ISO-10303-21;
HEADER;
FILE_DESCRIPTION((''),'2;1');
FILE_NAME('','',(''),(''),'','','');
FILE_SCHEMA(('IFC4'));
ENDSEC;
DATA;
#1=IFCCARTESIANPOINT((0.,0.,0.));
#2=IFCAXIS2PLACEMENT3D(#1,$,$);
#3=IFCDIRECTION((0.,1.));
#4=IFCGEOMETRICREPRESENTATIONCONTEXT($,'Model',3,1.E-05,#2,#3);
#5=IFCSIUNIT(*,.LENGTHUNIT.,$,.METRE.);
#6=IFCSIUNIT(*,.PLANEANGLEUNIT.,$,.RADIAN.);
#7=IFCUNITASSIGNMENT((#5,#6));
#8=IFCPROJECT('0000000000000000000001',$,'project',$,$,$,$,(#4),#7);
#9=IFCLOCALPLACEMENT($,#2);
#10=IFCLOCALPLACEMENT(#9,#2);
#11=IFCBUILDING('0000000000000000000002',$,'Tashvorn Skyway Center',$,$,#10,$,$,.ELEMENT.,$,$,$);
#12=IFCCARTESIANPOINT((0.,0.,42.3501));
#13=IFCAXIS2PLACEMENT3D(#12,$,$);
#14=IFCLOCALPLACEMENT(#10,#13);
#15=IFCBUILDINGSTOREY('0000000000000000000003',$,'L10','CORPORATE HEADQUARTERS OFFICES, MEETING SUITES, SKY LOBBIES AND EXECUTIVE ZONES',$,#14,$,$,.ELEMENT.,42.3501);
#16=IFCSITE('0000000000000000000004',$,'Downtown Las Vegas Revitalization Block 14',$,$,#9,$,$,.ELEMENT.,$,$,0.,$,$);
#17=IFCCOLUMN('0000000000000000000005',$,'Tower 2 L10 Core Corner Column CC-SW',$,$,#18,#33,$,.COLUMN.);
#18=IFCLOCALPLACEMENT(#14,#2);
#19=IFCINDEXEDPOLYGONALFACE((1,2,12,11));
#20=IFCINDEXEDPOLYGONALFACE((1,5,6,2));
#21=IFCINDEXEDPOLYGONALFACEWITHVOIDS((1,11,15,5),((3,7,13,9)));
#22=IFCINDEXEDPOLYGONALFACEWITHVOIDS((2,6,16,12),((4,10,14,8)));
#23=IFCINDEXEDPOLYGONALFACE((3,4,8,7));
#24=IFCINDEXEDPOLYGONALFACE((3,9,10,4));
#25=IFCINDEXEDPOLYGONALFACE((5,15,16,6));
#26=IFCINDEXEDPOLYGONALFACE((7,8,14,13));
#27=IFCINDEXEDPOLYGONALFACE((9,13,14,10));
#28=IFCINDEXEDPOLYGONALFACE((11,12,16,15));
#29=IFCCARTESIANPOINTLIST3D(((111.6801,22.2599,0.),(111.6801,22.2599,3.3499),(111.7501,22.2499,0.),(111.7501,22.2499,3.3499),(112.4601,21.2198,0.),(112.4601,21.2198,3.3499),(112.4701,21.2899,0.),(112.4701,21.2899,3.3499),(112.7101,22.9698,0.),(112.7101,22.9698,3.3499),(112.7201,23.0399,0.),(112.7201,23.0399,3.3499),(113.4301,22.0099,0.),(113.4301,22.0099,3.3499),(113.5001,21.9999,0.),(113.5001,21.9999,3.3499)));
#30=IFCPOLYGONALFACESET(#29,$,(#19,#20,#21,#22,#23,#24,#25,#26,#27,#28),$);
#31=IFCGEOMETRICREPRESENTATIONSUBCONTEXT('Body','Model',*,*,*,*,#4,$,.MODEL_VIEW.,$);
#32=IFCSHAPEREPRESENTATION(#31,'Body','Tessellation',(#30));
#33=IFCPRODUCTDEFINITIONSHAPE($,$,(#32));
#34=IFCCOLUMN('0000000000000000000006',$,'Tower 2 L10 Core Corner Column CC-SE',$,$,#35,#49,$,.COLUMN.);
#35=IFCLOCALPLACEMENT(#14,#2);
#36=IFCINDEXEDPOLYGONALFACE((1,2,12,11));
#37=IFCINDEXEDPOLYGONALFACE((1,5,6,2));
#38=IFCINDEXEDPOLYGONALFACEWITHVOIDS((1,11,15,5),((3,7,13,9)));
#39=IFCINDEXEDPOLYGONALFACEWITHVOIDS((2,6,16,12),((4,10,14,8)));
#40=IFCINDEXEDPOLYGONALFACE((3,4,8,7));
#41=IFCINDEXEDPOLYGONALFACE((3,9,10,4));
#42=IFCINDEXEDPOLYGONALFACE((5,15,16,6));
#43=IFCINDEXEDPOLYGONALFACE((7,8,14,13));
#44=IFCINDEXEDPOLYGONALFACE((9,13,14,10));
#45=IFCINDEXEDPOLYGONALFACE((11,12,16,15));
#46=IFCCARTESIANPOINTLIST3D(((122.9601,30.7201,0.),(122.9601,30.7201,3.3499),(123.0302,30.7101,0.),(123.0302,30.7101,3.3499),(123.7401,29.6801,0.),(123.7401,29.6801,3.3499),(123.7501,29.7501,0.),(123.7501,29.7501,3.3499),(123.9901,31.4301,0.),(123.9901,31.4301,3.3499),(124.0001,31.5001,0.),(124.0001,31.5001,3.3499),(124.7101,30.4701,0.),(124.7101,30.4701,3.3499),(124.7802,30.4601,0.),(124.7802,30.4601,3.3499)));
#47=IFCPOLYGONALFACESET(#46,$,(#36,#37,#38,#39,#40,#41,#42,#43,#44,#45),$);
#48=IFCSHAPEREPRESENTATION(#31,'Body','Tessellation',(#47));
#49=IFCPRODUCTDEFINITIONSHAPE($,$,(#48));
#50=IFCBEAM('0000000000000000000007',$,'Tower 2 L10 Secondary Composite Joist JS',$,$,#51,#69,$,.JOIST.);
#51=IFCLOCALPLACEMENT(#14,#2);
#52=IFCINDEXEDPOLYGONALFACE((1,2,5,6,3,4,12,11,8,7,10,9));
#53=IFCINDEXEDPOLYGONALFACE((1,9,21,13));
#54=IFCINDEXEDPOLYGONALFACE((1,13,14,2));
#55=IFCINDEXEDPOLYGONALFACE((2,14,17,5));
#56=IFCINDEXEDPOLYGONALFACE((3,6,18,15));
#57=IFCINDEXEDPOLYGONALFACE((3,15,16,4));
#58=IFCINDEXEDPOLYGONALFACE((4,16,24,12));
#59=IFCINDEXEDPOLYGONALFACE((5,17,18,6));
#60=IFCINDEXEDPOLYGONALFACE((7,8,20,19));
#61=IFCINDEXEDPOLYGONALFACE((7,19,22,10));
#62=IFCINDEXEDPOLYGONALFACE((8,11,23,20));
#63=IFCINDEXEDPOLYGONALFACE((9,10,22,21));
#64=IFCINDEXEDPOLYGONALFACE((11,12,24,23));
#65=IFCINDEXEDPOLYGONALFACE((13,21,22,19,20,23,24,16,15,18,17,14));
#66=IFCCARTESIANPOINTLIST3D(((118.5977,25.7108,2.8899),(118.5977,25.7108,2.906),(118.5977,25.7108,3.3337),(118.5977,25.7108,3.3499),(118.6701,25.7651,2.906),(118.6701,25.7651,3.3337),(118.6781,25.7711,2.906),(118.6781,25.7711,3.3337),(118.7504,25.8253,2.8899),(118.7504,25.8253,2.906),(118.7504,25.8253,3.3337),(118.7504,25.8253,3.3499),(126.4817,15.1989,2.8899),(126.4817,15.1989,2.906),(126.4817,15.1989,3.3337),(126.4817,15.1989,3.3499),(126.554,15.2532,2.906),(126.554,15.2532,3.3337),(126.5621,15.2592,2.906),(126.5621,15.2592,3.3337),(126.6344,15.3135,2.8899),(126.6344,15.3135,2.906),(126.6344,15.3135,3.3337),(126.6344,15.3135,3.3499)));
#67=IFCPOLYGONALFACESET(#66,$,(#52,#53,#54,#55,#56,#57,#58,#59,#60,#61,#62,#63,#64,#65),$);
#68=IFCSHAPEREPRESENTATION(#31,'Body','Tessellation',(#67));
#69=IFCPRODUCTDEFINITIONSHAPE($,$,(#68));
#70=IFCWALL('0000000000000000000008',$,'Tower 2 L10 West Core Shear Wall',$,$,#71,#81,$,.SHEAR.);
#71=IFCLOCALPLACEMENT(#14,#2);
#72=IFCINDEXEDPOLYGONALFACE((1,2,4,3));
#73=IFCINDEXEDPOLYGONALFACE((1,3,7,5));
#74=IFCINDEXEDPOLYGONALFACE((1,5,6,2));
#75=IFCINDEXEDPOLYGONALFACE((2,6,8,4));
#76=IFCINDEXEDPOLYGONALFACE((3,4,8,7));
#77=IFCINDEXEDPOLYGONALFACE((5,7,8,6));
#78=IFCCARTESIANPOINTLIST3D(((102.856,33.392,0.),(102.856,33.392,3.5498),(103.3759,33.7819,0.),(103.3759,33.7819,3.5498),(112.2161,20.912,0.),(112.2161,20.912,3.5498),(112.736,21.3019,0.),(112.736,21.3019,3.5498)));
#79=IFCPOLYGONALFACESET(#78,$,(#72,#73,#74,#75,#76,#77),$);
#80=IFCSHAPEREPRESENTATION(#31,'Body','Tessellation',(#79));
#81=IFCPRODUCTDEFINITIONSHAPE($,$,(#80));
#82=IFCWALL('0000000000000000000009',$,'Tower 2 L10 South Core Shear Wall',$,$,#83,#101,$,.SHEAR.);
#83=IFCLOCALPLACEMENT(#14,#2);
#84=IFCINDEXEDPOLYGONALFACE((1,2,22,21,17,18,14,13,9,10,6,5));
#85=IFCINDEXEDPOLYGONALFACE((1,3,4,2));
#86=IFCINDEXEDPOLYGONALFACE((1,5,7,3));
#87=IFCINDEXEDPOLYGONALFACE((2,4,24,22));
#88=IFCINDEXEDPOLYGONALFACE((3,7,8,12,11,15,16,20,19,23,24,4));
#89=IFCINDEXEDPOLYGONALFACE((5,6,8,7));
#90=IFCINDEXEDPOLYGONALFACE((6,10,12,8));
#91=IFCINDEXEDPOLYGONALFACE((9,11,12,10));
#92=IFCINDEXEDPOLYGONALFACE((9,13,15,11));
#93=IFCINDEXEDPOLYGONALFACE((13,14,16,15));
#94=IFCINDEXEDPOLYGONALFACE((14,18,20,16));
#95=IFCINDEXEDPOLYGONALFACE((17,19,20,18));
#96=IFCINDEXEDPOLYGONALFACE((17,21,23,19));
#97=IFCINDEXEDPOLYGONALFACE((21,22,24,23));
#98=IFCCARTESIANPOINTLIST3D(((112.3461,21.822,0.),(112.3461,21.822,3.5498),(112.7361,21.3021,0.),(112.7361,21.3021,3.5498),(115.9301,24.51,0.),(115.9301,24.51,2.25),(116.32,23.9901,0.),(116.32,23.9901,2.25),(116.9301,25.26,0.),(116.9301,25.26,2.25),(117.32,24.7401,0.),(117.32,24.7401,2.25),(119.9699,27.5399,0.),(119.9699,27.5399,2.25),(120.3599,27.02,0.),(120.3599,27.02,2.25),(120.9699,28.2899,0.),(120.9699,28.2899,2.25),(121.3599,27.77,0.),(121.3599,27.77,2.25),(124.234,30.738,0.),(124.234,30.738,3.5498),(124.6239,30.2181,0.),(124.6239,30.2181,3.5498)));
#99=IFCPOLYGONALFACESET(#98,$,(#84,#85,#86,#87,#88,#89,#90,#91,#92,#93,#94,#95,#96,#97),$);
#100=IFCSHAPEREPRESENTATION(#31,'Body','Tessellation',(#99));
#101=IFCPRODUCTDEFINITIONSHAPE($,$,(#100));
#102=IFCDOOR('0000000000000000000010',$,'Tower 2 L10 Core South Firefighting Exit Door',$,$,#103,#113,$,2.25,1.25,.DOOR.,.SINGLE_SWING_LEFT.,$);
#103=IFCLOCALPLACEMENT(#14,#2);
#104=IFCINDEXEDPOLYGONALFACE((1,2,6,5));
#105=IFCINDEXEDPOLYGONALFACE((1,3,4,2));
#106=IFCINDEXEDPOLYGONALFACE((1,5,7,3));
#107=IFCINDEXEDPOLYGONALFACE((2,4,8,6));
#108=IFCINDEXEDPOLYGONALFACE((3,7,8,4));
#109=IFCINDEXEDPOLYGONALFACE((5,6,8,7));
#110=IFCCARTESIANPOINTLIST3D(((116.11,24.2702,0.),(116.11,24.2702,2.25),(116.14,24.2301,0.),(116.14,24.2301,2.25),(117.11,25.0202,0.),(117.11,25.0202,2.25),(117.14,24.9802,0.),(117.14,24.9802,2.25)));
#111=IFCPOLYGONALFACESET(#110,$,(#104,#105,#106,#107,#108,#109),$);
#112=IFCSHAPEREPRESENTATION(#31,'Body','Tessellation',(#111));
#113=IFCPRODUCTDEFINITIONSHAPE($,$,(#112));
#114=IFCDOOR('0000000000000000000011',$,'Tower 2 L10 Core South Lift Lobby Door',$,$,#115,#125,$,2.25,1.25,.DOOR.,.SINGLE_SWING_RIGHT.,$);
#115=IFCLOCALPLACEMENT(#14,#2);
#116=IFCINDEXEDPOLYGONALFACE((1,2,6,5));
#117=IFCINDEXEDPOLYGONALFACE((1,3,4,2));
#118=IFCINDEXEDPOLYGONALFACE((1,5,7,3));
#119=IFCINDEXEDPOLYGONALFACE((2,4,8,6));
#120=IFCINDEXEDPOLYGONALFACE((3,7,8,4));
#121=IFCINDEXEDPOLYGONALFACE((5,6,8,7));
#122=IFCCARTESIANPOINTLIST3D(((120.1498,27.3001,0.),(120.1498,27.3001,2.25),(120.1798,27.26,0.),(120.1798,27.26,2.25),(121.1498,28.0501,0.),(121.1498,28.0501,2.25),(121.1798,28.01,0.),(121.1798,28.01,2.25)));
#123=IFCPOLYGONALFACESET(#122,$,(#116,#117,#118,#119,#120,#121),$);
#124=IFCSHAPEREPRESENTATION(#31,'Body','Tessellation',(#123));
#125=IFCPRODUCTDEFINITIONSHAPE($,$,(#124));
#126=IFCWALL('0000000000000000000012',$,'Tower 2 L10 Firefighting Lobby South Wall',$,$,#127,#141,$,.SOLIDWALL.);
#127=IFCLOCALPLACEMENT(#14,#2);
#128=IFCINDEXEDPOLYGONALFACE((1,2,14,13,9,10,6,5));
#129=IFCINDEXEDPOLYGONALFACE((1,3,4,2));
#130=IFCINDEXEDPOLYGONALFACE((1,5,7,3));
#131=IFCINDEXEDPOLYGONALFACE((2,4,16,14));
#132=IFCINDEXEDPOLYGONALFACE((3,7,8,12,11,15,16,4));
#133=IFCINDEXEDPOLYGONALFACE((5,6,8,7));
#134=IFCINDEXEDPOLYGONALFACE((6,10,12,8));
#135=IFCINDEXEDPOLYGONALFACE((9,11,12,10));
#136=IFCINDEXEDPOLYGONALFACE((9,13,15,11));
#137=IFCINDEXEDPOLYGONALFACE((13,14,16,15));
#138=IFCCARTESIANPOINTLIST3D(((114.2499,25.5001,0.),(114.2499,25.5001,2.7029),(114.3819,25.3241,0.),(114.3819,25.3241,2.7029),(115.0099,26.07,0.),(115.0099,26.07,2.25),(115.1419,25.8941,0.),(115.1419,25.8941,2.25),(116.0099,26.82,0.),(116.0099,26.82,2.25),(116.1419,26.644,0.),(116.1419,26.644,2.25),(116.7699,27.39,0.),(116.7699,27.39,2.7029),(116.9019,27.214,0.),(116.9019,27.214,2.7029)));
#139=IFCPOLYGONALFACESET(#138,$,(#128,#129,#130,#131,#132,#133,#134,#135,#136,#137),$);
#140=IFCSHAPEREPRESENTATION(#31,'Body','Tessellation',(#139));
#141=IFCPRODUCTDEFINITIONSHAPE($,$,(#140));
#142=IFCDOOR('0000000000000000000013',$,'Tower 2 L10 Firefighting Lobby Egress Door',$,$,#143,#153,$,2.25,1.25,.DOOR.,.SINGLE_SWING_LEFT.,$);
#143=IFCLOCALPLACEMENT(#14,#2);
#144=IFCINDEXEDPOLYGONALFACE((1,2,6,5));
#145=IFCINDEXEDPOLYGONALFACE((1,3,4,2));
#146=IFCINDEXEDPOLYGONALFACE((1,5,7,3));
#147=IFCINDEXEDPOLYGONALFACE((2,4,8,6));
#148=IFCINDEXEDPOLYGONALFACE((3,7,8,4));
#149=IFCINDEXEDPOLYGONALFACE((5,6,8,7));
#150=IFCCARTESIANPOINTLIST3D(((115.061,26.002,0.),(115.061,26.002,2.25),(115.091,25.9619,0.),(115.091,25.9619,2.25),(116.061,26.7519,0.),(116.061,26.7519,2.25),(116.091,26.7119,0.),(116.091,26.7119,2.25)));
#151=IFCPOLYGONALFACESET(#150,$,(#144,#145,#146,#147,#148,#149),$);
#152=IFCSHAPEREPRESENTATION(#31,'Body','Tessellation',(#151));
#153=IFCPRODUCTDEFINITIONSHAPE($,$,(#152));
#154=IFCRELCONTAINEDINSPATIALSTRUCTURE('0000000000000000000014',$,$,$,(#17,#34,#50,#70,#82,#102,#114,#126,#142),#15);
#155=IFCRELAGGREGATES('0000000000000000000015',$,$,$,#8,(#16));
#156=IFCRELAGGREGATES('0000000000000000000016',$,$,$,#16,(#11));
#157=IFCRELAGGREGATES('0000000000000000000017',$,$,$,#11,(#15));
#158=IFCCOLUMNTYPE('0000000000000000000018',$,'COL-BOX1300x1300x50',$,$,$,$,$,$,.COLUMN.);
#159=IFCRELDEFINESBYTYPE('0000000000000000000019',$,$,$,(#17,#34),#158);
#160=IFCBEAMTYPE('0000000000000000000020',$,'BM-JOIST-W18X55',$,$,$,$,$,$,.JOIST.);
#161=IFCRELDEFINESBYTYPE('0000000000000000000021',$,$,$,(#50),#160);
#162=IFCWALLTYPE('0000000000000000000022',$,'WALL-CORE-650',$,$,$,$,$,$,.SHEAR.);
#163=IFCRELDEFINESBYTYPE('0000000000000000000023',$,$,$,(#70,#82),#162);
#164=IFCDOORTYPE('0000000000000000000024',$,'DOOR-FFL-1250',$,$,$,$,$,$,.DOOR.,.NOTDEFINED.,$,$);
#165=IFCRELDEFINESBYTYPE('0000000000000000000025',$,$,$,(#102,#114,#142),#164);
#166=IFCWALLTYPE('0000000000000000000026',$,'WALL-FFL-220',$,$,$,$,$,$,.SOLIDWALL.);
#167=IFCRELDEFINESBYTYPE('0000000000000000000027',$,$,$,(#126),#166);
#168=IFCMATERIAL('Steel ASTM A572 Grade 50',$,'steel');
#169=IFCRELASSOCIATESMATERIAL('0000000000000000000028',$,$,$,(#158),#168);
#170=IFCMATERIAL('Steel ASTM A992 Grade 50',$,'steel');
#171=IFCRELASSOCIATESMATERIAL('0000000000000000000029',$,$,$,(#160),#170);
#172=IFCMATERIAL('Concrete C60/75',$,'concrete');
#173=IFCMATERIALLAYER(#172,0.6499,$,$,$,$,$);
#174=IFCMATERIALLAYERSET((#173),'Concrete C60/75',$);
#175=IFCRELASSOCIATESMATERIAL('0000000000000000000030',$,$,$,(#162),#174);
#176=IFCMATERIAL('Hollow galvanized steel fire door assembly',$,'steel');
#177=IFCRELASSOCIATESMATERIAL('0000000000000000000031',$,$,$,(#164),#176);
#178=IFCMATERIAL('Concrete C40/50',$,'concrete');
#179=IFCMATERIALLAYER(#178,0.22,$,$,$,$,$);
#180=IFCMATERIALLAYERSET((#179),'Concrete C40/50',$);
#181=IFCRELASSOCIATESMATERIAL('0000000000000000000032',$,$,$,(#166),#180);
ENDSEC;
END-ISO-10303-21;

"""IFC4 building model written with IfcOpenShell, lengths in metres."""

from ifc_helpers import new_model, si_unit, direction, frame, frame_2d, origin, origin_2d, place, context, subcontext, project, spatial, rectangle, hollow_rectangle, i_section, extrude, material, layer, layer_set, material_profile, profile_set, type_object, element, fill, save


model = new_model("IFC4")

# Units and contexts
model_context = context("Model", 3, precision=1e-05, world=origin(), true_north=direction((0.0, 1.0)))
body_context = subcontext(model_context, "Body", "Model", "MODEL_VIEW")
ifc_project = project(units=[si_unit("LENGTHUNIT", "METRE"), si_unit("PLANEANGLEUNIT", "RADIAN")], contexts=[model_context])

# Site, building, storey
site_placement = place(None, origin())
site = spatial("IfcSite", under=ifc_project, at=site_placement, Name="Downtown Las Vegas Revitalization Block 14", CompositionType="ELEMENT", RefElevation=0.0)
building_placement = place(site_placement, origin())
building = spatial("IfcBuilding", under=site, at=building_placement, Name="Tashvorn Skyway Center", CompositionType="ELEMENT")
storey_placement = place(building_placement, frame((0.0, 0.0, 42.3501)))
storey = spatial("IfcBuildingStorey", under=building, at=storey_placement, Name="L10", Description="CORPORATE HEADQUARTERS OFFICES, MEETING SUITES, SKY LOBBIES AND EXECUTIVE ZONES", CompositionType="ELEMENT", Elevation=42.3501)

# Columns
ifc_material_1 = material(Name="Steel ASTM A572 Grade 50", Category="steel")
ifc_material_profile_1 = material_profile(ifc_material_1, hollow_rectangle(XDim=1.3, YDim=1.3, WallThickness=0.05, at=origin_2d()), Name="BOX1300x1300x50")
ifc_profile_set_1 = profile_set([ifc_material_profile_1], Name="Steel ASTM A572 Grade 50")
column_type = type_object("IfcColumnType", Name="COL-BOX1300x1300x50", PredefinedType="COLUMN", material=ifc_profile_set_1)
for number, where, z_axis, x_axis, name in (
    (1, (112.5901, 22.1299, 0.0), (0.0, 0.0, 1.0), (0.8, 0.6, 0.0), "Tower 2 L10 Core Corner Column CC-SW"),
    (2, (123.8701, 30.5901, 0.0), (0.0, 0.0, 1.0), (0.8, 0.6, 0.0), "Tower 2 L10 Core Corner Column CC-SE"),
):
    element("IfcColumn", number, at=place(storey_placement, frame(where, z_axis=z_axis, x_axis=x_axis)), inside=storey, type_object=column_type, Name=name, PredefinedType="COLUMN", context=body_context, shape_type="SweptSolid", body=[
        extrude(hollow_rectangle(XDim=1.3, YDim=1.3, WallThickness=0.05, at=origin_2d()), origin(), (0.0, 0.0, 1.0), 3.3499),
    ])

# Beam
ifc_material_2 = material(Name="Steel ASTM A992 Grade 50", Category="steel")
ifc_material_profile_2 = material_profile(ifc_material_2, i_section(OverallWidth=0.1909, OverallDepth=0.46, WebThickness=0.01, FlangeThickness=0.0161, at=origin_2d()), Name="W18X55")
ifc_profile_set_2 = profile_set([ifc_material_profile_2], Name="Steel ASTM A992 Grade 50")
beam_type = type_object("IfcBeamType", Name="BM-JOIST-W18X55", PredefinedType="JOIST", material=ifc_profile_set_2)
beam_placement = place(storey_placement, frame((118.6741, 25.7681, 3.1199), z_axis=(0.600003, -0.799998, 0.0), x_axis=(0.799998, 0.600003, 0.0)))
element("IfcBeam", 3, at=beam_placement, inside=storey, type_object=beam_type, Name="Tower 2 L10 Secondary Composite Joist JS", PredefinedType="JOIST", context=body_context, shape_type="SweptSolid", body=[
    extrude(i_section(OverallWidth=0.1909, OverallDepth=0.46, WebThickness=0.01, FlangeThickness=0.0161, at=origin_2d()), origin(), (0.0, 0.0, 1.0), 13.1399),
])

# Wall
ifc_material_3 = material(Name="Concrete C60/75", Category="concrete")
ifc_layer_1 = layer(ifc_material_3, 0.6499)
ifc_layer_set_1 = layer_set([ifc_layer_1], Name="Concrete C60/75")
wall_type_1 = type_object("IfcWallType", Name="WALL-CORE-650", PredefinedType="SHEAR", material=ifc_layer_set_1)
wall_1_placement = place(storey_placement, frame((112.4761, 21.1069, 0.0), z_axis=(0.0, 0.0, 1.0), x_axis=(-0.600005, 0.799996, 0.0)))
element("IfcWall", 4, at=wall_1_placement, inside=storey, type_object=wall_type_1, Name="Tower 2 L10 West Core Shear Wall", PredefinedType="SHEAR", context=body_context, shape_type="SweptSolid", body=[
    extrude(rectangle(XDim=15.6001, YDim=0.6499, at=frame_2d((7.8, 0.0))), origin(), (0.0, 0.0, 1.0), 3.5498),
])

# Wall, openings, doors
wall_2_placement = place(storey_placement, frame((124.429, 30.478, 0.0), z_axis=(0.0, 0.0, 1.0), x_axis=(-0.799998, -0.600003, 0.0)))
wall_2 = element("IfcWall", 5, at=wall_2_placement, inside=storey, type_object=wall_type_1, Name="Tower 2 L10 South Core Shear Wall", PredefinedType="SHEAR", context=body_context, shape_type="SweptSolid", body=[
    extrude(rectangle(XDim=14.8599, YDim=0.6499, at=frame_2d((7.4299, 0.0))), origin(), (0.0, 0.0, 1.0), 3.5498),
])
opening_1_placement = place(wall_2_placement, frame((9.1299, 0.0, 0.0)))
opening_1 = element("IfcOpeningElement", 6, at=opening_1_placement, cuts=wall_2, PredefinedType="OPENING", context=body_context, shape_type="SweptSolid", body=[
    extrude(rectangle(XDim=1.25, YDim=2.25, at=frame_2d((0.625, 1.125))), frame((0.0, 0.335, 0.0), z_axis=(0.0, -1.0, 0.0), x_axis=(1.0, 0.0, 0.0)), (0.0, 0.0, 1.0), 0.6699),
])
opening_2_placement = place(wall_2_placement, frame((4.0801, 0.0, 0.0)))
opening_2 = element("IfcOpeningElement", 7, at=opening_2_placement, cuts=wall_2, PredefinedType="OPENING", context=body_context, shape_type="SweptSolid", body=[
    extrude(rectangle(XDim=1.25, YDim=2.25, at=frame_2d((0.625, 1.125))), frame((0.0, 0.335, 0.0), z_axis=(0.0, -1.0, 0.0), x_axis=(1.0, 0.0, 0.0)), (0.0, 0.0, 1.0), 0.6699),
])
ifc_material_4 = material(Name="Hollow galvanized steel fire door assembly", Category="steel")
door_type_1 = type_object("IfcDoorType", Name="DOOR-FFL-1250", OperationType="NOTDEFINED", PredefinedType="DOOR", material=ifc_material_4)
door_1_placement = place(opening_1_placement, origin())
door_1 = element("IfcDoor", 8, at=door_1_placement, inside=storey, type_object=door_type_1, Name="Tower 2 L10 Core South Firefighting Exit Door", OperationType="SINGLE_SWING_LEFT", OverallHeight=2.25, OverallWidth=1.25, PredefinedType="DOOR", context=body_context, shape_type="SweptSolid", body=[
    extrude(rectangle(XDim=1.25, YDim=2.25, at=frame_2d((0.625, 1.125))), frame((0.0, 0.0249, 0.0), z_axis=(0.0, -1.0, 0.0), x_axis=(1.0, 0.0, 0.0)), (0.0, 0.0, 1.0), 0.05),
])
fill(opening_1, door_1)
door_2_placement = place(opening_2_placement, origin())
door_2 = element("IfcDoor", 9, at=door_2_placement, inside=storey, type_object=door_type_1, Name="Tower 2 L10 Core South Lift Lobby Door", OperationType="SINGLE_SWING_RIGHT", OverallHeight=2.25, OverallWidth=1.25, PredefinedType="DOOR", context=body_context, shape_type="SweptSolid", body=[
    extrude(rectangle(XDim=1.25, YDim=2.25, at=frame_2d((0.625, 1.125))), frame((0.0, 0.0249, 0.0), z_axis=(0.0, -1.0, 0.0), x_axis=(1.0, 0.0, 0.0)), (0.0, 0.0, 1.0), 0.05),
])
fill(opening_2, door_2)

# Wall, opening, door
ifc_material_5 = material(Name="Concrete C40/50", Category="concrete")
ifc_layer_2 = layer(ifc_material_5, 0.22)
ifc_layer_set_2 = layer_set([ifc_layer_2], Name="Concrete C40/50")
wall_type_2 = type_object("IfcWallType", Name="WALL-FFL-220", PredefinedType="SOLIDWALL", material=ifc_layer_set_2)
wall_3_placement = place(storey_placement, frame((114.3159, 25.4121, 0.0), z_axis=(0.0, 0.0, 1.0), x_axis=(0.800019, 0.599975, 0.0)))
wall_3 = element("IfcWall", 10, at=wall_3_placement, inside=storey, type_object=wall_type_2, Name="Tower 2 L10 Firefighting Lobby South Wall", PredefinedType="SOLIDWALL", context=body_context, shape_type="SweptSolid", body=[
    extrude(rectangle(XDim=3.1499, YDim=0.22, at=frame_2d((1.575, 0.0))), origin(), (0.0, 0.0, 1.0), 2.7029),
])
opening_3_placement = place(wall_3_placement, frame((0.95, 0.0, 0.0)))
opening_3 = element("IfcOpeningElement", 11, at=opening_3_placement, cuts=wall_3, PredefinedType="OPENING", context=body_context, shape_type="SweptSolid", body=[
    extrude(rectangle(XDim=1.25, YDim=2.25, at=frame_2d((0.625, 1.125))), frame((0.0, 0.1199, 0.0), z_axis=(0.0, -1.0, 0.0), x_axis=(1.0, 0.0, 0.0)), (0.0, 0.0, 1.0), 0.24),
])
door_3_placement = place(opening_3_placement, origin())
door_3 = element("IfcDoor", 12, at=door_3_placement, inside=storey, type_object=door_type_1, Name="Tower 2 L10 Firefighting Lobby Egress Door", OperationType="SINGLE_SWING_LEFT", OverallHeight=2.25, OverallWidth=1.25, PredefinedType="DOOR", context=body_context, shape_type="SweptSolid", body=[
    extrude(rectangle(XDim=1.25, YDim=2.25, at=frame_2d((0.625, 1.125))), frame((0.0, 0.0249, 0.0), z_axis=(0.0, -1.0, 0.0), x_axis=(1.0, 0.0, 0.0)), (0.0, 0.0, 1.0), 0.05),
])
fill(opening_3, door_3)

save(model, "model.ifc")
